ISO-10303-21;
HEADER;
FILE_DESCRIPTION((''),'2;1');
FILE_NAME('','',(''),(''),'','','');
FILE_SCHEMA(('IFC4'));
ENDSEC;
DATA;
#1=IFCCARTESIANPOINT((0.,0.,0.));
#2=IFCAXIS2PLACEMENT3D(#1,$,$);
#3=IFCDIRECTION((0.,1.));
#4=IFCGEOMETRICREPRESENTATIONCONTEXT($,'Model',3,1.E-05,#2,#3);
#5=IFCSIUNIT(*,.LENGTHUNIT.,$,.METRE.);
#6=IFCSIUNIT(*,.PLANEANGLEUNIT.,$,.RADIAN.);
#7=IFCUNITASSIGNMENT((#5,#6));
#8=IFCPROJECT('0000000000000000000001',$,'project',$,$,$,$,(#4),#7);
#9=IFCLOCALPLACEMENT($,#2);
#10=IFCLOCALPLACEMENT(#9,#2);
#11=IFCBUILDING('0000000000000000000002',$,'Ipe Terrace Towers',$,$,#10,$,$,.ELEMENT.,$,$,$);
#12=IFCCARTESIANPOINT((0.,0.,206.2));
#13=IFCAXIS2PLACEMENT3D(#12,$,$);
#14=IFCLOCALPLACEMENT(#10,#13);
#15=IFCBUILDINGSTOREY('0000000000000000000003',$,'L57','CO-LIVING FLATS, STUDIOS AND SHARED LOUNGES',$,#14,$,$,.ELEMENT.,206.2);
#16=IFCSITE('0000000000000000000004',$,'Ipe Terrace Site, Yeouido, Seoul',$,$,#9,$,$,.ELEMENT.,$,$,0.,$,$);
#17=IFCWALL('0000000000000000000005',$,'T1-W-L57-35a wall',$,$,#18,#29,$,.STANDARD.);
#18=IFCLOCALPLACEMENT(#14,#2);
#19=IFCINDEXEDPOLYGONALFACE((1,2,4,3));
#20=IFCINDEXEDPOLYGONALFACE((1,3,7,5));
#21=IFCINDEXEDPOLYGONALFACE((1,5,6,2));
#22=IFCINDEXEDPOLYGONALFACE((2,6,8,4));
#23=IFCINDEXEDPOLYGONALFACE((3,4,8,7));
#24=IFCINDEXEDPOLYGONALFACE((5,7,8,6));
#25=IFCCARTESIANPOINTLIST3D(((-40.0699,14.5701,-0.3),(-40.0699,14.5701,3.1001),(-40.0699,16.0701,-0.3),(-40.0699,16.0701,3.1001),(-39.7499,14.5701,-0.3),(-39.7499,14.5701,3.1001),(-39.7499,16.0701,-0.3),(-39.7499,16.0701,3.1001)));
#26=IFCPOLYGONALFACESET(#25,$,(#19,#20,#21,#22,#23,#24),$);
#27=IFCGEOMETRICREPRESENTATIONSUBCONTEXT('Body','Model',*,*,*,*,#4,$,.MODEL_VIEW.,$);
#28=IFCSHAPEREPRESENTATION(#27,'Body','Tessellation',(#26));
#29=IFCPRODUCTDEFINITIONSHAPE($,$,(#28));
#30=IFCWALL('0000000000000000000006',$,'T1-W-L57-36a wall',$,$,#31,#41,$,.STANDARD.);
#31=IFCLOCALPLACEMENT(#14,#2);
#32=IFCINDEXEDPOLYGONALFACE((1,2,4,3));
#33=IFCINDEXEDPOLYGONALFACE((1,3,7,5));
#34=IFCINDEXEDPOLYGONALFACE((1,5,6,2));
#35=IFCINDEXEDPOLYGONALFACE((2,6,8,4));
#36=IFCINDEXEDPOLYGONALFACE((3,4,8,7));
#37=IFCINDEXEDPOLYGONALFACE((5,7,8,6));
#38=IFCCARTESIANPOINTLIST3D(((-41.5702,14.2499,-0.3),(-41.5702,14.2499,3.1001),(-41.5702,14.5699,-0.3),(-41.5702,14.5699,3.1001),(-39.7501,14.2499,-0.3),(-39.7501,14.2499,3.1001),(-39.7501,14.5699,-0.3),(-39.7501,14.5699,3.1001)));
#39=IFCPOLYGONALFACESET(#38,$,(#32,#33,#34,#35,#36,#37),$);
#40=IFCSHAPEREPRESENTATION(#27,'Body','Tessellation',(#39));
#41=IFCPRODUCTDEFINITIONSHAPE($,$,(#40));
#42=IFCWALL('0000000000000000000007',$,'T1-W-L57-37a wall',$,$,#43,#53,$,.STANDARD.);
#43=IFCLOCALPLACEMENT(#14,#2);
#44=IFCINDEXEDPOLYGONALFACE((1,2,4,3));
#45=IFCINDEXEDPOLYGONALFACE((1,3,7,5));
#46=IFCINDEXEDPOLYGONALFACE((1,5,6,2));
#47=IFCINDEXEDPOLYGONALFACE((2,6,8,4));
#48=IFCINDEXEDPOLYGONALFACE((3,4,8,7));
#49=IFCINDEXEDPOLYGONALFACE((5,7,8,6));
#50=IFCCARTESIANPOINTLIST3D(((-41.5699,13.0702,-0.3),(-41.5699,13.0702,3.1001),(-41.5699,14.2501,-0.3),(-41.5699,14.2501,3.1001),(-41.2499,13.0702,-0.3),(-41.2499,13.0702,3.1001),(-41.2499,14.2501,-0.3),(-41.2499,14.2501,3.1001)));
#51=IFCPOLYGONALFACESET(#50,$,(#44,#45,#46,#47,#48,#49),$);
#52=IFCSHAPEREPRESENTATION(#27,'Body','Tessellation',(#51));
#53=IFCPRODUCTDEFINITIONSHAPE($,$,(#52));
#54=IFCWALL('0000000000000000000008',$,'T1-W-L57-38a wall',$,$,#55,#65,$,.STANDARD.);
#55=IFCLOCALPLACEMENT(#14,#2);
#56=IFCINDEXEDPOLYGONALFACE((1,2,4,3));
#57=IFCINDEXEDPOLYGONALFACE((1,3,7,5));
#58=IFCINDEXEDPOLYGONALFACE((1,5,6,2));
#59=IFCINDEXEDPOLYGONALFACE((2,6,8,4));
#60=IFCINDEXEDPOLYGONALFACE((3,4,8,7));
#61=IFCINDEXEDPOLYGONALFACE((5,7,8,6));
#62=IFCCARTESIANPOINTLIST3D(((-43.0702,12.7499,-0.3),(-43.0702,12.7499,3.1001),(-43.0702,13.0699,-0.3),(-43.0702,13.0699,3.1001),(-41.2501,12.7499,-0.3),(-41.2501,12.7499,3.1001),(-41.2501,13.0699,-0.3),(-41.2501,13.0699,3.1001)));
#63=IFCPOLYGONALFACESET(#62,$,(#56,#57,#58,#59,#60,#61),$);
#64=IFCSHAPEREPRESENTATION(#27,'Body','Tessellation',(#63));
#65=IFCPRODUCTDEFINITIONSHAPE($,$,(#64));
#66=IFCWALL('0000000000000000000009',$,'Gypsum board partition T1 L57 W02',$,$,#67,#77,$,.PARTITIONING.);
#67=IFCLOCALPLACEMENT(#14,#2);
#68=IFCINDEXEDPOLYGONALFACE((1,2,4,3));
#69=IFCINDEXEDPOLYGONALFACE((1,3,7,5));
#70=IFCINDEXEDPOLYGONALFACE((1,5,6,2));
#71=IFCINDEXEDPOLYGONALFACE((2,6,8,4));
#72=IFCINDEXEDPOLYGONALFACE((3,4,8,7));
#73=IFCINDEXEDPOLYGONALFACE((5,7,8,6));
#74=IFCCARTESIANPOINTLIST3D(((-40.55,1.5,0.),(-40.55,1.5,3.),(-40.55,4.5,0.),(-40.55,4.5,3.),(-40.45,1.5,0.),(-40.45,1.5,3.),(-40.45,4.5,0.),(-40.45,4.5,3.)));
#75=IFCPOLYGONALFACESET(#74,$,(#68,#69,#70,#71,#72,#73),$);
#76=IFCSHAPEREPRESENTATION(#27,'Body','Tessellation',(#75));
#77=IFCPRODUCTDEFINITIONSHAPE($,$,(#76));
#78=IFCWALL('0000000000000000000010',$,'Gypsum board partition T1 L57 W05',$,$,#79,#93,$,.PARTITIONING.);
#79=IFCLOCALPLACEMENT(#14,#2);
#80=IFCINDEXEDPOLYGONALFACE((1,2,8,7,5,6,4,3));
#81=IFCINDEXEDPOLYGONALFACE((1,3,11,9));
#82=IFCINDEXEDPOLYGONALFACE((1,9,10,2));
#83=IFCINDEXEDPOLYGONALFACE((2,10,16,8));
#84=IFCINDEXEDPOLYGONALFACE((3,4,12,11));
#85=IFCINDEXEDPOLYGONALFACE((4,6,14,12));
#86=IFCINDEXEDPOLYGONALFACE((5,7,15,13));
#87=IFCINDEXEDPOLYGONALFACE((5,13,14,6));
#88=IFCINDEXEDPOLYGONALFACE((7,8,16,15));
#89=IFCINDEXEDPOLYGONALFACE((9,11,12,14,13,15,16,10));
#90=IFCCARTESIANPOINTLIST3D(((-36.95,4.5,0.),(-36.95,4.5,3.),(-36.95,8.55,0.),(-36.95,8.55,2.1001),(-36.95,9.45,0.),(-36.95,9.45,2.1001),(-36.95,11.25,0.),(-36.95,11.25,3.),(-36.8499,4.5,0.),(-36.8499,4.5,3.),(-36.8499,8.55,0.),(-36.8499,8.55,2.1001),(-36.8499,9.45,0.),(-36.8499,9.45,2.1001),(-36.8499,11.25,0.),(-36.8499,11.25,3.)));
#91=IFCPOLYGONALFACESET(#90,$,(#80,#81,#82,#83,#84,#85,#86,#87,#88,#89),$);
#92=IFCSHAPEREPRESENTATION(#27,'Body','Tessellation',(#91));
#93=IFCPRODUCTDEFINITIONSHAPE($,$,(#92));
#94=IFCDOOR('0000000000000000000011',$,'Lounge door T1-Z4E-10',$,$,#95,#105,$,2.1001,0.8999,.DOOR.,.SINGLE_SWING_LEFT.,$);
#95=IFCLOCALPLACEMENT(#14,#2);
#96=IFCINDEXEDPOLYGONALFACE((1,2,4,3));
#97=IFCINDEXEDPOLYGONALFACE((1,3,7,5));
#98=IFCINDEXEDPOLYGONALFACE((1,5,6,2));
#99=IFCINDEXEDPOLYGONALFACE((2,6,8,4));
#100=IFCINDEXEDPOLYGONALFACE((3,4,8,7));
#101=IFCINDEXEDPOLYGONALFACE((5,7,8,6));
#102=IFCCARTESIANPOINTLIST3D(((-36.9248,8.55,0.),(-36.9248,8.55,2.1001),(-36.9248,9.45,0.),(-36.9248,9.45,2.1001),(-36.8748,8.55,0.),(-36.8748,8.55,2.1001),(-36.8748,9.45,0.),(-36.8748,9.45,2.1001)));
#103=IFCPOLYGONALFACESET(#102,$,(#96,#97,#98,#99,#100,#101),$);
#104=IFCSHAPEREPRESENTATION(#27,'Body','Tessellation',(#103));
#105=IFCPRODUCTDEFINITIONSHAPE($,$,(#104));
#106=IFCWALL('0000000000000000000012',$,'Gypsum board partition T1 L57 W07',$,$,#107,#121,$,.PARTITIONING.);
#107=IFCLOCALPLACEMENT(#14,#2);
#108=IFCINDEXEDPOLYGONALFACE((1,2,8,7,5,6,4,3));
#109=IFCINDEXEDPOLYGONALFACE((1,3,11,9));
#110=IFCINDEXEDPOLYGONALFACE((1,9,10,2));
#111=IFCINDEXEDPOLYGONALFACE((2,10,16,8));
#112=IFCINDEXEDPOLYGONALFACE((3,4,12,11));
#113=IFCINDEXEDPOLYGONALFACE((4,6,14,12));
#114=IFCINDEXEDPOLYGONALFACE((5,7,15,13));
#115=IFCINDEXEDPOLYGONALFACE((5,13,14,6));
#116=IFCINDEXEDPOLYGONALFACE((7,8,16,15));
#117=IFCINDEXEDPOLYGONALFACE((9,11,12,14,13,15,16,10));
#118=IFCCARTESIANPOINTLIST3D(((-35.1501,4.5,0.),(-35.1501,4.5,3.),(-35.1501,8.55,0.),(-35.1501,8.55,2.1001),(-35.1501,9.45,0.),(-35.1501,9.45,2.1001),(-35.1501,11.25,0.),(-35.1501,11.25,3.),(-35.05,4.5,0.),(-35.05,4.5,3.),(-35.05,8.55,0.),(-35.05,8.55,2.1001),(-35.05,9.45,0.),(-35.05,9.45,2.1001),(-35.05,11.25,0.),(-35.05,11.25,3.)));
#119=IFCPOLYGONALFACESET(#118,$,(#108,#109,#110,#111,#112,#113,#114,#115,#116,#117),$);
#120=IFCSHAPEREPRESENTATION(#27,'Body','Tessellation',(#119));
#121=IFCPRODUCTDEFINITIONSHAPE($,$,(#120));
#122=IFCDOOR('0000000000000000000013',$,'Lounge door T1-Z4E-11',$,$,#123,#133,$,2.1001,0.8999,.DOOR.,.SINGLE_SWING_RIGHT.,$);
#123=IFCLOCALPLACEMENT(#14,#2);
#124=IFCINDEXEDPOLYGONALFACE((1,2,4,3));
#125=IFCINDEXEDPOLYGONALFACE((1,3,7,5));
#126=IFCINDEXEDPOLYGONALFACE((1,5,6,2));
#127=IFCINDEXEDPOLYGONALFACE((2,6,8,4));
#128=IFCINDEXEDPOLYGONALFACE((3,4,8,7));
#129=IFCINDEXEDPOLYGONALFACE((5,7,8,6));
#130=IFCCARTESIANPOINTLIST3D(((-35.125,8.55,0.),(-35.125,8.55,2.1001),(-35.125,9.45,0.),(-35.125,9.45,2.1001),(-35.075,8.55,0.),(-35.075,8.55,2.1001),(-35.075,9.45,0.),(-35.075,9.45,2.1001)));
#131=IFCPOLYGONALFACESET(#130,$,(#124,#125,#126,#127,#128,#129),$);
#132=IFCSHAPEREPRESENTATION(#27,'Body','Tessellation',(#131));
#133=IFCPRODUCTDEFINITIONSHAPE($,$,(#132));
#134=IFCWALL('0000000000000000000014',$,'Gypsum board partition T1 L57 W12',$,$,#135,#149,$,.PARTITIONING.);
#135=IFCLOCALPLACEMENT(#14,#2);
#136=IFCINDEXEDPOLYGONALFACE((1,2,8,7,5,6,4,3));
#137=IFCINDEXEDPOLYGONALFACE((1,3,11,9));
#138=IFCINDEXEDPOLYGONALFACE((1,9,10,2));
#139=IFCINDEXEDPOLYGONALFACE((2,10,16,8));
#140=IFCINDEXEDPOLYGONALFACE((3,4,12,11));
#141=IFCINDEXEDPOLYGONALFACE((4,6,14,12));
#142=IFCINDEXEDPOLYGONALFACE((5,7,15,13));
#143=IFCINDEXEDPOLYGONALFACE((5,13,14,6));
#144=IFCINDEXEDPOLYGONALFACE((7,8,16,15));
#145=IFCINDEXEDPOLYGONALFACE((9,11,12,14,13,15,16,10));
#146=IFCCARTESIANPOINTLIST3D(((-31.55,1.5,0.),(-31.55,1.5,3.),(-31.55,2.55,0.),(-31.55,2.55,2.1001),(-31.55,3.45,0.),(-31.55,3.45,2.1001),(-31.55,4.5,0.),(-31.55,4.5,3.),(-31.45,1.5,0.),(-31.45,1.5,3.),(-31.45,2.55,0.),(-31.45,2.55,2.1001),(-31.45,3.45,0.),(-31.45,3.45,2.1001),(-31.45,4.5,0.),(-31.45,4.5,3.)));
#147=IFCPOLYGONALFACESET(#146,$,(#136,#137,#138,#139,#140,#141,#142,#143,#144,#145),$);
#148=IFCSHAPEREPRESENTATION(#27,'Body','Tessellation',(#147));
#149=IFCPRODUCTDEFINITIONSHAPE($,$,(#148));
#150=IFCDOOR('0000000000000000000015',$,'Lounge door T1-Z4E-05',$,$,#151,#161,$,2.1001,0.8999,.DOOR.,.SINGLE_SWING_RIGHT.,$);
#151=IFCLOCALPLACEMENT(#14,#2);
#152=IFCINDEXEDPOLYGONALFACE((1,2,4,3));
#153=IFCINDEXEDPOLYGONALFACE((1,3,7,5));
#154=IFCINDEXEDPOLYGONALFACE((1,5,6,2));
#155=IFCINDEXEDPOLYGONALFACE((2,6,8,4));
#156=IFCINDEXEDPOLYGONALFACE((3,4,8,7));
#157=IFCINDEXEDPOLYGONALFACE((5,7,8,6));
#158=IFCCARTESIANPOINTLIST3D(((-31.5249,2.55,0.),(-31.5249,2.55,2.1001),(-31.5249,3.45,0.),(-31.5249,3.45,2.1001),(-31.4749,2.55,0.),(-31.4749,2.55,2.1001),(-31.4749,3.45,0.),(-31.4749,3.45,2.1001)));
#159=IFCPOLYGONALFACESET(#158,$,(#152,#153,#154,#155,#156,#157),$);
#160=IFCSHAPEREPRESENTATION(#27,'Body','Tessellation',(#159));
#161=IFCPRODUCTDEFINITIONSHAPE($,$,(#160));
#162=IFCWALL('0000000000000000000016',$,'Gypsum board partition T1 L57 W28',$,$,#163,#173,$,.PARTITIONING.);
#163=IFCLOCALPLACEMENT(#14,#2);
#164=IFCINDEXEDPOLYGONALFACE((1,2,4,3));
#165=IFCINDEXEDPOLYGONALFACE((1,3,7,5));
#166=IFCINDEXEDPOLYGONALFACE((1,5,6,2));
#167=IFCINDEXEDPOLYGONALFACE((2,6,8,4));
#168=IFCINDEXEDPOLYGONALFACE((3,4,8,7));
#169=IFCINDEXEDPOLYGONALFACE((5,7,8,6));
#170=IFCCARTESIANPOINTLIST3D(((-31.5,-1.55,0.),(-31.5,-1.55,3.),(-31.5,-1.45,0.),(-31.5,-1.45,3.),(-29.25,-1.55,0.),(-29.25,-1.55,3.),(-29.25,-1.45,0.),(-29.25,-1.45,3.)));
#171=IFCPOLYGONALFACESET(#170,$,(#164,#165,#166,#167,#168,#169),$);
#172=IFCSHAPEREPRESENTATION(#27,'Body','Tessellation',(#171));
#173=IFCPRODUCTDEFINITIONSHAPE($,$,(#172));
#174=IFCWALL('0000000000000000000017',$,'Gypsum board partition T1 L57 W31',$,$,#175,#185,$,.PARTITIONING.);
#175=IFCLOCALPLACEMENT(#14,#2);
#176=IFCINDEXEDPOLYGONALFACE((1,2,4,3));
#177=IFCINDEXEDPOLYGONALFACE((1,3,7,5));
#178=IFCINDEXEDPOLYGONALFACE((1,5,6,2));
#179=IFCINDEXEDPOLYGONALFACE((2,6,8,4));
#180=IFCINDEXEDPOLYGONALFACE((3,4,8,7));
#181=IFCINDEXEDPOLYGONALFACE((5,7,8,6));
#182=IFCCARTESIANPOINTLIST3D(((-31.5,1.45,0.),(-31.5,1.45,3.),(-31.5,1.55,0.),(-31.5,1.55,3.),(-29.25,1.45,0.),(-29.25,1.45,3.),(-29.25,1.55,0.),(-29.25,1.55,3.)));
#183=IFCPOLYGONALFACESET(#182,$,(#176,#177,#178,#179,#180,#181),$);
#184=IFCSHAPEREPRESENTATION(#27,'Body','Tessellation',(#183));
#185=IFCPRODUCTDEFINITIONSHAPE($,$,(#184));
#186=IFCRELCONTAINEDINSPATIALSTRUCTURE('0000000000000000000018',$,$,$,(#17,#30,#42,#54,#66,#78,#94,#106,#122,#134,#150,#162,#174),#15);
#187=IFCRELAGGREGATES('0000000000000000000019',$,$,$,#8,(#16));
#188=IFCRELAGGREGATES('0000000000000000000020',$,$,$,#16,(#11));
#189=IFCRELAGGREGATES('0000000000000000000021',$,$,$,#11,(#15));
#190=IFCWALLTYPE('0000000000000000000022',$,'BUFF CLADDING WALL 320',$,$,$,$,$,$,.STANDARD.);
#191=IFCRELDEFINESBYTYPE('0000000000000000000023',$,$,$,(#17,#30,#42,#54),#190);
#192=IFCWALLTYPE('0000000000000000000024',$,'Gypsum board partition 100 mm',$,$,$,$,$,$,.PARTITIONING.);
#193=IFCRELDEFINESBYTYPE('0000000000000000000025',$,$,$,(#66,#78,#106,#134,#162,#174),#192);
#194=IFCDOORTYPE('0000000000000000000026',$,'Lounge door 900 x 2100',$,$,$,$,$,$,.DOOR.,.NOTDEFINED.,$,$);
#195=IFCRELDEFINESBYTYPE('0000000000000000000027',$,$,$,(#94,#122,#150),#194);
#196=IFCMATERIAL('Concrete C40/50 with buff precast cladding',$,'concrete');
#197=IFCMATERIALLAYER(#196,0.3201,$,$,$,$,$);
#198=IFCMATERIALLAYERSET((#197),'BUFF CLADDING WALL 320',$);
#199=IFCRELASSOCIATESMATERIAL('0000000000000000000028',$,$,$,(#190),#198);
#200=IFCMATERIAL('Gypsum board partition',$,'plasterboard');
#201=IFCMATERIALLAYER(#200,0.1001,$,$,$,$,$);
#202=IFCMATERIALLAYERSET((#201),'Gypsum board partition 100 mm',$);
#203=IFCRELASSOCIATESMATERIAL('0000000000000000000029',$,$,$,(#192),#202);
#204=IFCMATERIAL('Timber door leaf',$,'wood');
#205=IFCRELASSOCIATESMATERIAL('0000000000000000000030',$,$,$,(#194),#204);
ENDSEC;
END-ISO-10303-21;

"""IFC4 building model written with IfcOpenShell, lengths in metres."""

from ifc_helpers import new_model, si_unit, direction, frame, frame_2d, origin, place, context, subcontext, project, spatial, rectangle, extrude, material, layer, layer_set, type_object, element, fill, save


model = new_model("IFC4")

# Units and contexts
model_context = context("Model", 3, precision=1e-05, world=origin(), true_north=direction((0.0, 1.0)))
body_context = subcontext(model_context, "Body", "Model", "MODEL_VIEW")
ifc_project = project(units=[si_unit("LENGTHUNIT", "METRE"), si_unit("PLANEANGLEUNIT", "RADIAN")], contexts=[model_context])

# Site, building, storey
site_placement = place(None, origin())
site = spatial("IfcSite", under=ifc_project, at=site_placement, Name="Ipe Terrace Site, Yeouido, Seoul", CompositionType="ELEMENT", RefElevation=0.0)
building_placement = place(site_placement, origin())
building = spatial("IfcBuilding", under=site, at=building_placement, Name="Ipe Terrace Towers", CompositionType="ELEMENT")
storey_placement = place(building_placement, frame((0.0, 0.0, 206.2)))
storey = spatial("IfcBuildingStorey", under=building, at=storey_placement, Name="L57", Description="CO-LIVING FLATS, STUDIOS AND SHARED LOUNGES", CompositionType="ELEMENT", Elevation=206.2)

# Walls
ifc_material_1 = material(Name="Concrete C40/50 with buff precast cladding", Category="concrete")
ifc_layer_1 = layer(ifc_material_1, 0.3201)
ifc_layer_set_1 = layer_set([ifc_layer_1], Name="BUFF CLADDING WALL 320")
wall_type_1 = type_object("IfcWallType", Name="BUFF CLADDING WALL 320", PredefinedType="STANDARD", material=ifc_layer_set_1)
wall_1_placement = place(storey_placement, frame((-39.9099, 16.0701, -0.3), z_axis=(0.0, 0.0, 1.0), x_axis=(0.0, -1.0, 0.0)))
element("IfcWall", 1, at=wall_1_placement, inside=storey, type_object=wall_type_1, Name="T1-W-L57-35a wall", PredefinedType="STANDARD", context=body_context, shape_type="SweptSolid", body=[
    extrude(rectangle(XDim=1.5, YDim=0.3201, at=frame_2d((0.75, 0.0))), origin(), (0.0, 0.0, 1.0), 3.4001),
])
wall_2_placement = place(storey_placement, frame((-39.75, 14.4099, -0.3), z_axis=(0.0, 0.0, 1.0), x_axis=(-1.0, 0.0, 0.0)))
element("IfcWall", 2, at=wall_2_placement, inside=storey, type_object=wall_type_1, Name="T1-W-L57-36a wall", PredefinedType="STANDARD", context=body_context, shape_type="SweptSolid", body=[
    extrude(rectangle(XDim=1.8201, YDim=0.3201, at=frame_2d((0.9102, 0.0))), origin(), (0.0, 0.0, 1.0), 3.4001),
])
wall_3_placement = place(storey_placement, frame((-41.4099, 14.25, -0.3), z_axis=(0.0, 0.0, 1.0), x_axis=(0.0, -1.0, 0.0)))
element("IfcWall", 3, at=wall_3_placement, inside=storey, type_object=wall_type_1, Name="T1-W-L57-37a wall", PredefinedType="STANDARD", context=body_context, shape_type="SweptSolid", body=[
    extrude(rectangle(XDim=1.1799, YDim=0.3201, at=frame_2d((0.5898, 0.0))), origin(), (0.0, 0.0, 1.0), 3.4001),
])
wall_4_placement = place(storey_placement, frame((-41.25, 12.9099, -0.3), z_axis=(0.0, 0.0, 1.0), x_axis=(-1.0, 0.0, 0.0)))
element("IfcWall", 4, at=wall_4_placement, inside=storey, type_object=wall_type_1, Name="T1-W-L57-38a wall", PredefinedType="STANDARD", context=body_context, shape_type="SweptSolid", body=[
    extrude(rectangle(XDim=1.8201, YDim=0.3201, at=frame_2d((0.9102, 0.0))), origin(), (0.0, 0.0, 1.0), 3.4001),
])
ifc_material_2 = material(Name="Gypsum board partition", Category="plasterboard")
ifc_layer_2 = layer(ifc_material_2, 0.1001)
ifc_layer_set_2 = layer_set([ifc_layer_2], Name="Gypsum board partition 100 mm")
wall_type_2 = type_object("IfcWallType", Name="Gypsum board partition 100 mm", PredefinedType="PARTITIONING", material=ifc_layer_set_2)
wall_5_placement = place(storey_placement, frame((-40.5, 1.5, 0.0), z_axis=(0.0, 0.0, 1.0), x_axis=(0.0, 1.0, 0.0)))
element("IfcWall", 5, at=wall_5_placement, inside=storey, type_object=wall_type_2, Name="Gypsum board partition T1 L57 W02", PredefinedType="PARTITIONING", context=body_context, shape_type="SweptSolid", body=[
    extrude(rectangle(XDim=3.0, YDim=0.1001, at=frame_2d((1.5, 0.0))), origin(), (0.0, 0.0, 1.0), 3.0),
])

# Walls, openings, doors
wall_6_placement = place(storey_placement, frame((-36.8999, 4.5, 0.0), z_axis=(0.0, 0.0, 1.0), x_axis=(0.0, 1.0, 0.0)))
wall_6 = element("IfcWall", 6, at=wall_6_placement, inside=storey, type_object=wall_type_2, Name="Gypsum board partition T1 L57 W05", PredefinedType="PARTITIONING", context=body_context, shape_type="SweptSolid", body=[
    extrude(rectangle(XDim=6.75, YDim=0.1001, at=frame_2d((3.375, 0.0))), origin(), (0.0, 0.0, 1.0), 3.0),
])
opening_1_placement = place(wall_6_placement, frame((4.05, 0.0, 0.0)))
opening_1 = element("IfcOpeningElement", 7, at=opening_1_placement, cuts=wall_6, PredefinedType="OPENING", context=body_context, shape_type="SweptSolid", body=[
    extrude(rectangle(XDim=0.8999, YDim=2.1001, at=frame_2d((0.45, 1.05))), frame((0.0, 0.0601, 0.0), z_axis=(0.0, -1.0, 0.0), x_axis=(1.0, 0.0, 0.0)), (0.0, 0.0, 1.0), 0.1201),
])
ifc_material_3 = material(Name="Timber door leaf", Category="wood")
door_type = type_object("IfcDoorType", Name="Lounge door 900 x 2100", OperationType="NOTDEFINED", PredefinedType="DOOR", material=ifc_material_3)
door_1_placement = place(opening_1_placement, origin())
door_1 = element("IfcDoor", 8, at=door_1_placement, inside=storey, type_object=door_type, Name="Lounge door T1-Z4E-10", OperationType="SINGLE_SWING_LEFT", OverallHeight=2.1001, OverallWidth=0.8999, PredefinedType="DOOR", context=body_context, shape_type="SweptSolid", body=[
    extrude(rectangle(XDim=0.8999, YDim=2.1001, at=frame_2d((0.45, 1.05))), frame((0.0, 0.0249, 0.0), z_axis=(0.0, -1.0, 0.0), x_axis=(1.0, 0.0, 0.0)), (0.0, 0.0, 1.0), 0.05),
])
fill(opening_1, door_1)
wall_7_placement = place(storey_placement, frame((-35.1001, 4.5, 0.0), z_axis=(0.0, 0.0, 1.0), x_axis=(0.0, 1.0, 0.0)))
wall_7 = element("IfcWall", 9, at=wall_7_placement, inside=storey, type_object=wall_type_2, Name="Gypsum board partition T1 L57 W07", PredefinedType="PARTITIONING", context=body_context, shape_type="SweptSolid", body=[
    extrude(rectangle(XDim=6.75, YDim=0.1001, at=frame_2d((3.375, 0.0))), origin(), (0.0, 0.0, 1.0), 3.0),
])
opening_2_placement = place(wall_7_placement, frame((4.05, 0.0, 0.0)))
opening_2 = element("IfcOpeningElement", 10, at=opening_2_placement, cuts=wall_7, PredefinedType="OPENING", context=body_context, shape_type="SweptSolid", body=[
    extrude(rectangle(XDim=0.8999, YDim=2.1001, at=frame_2d((0.45, 1.05))), frame((0.0, 0.0601, 0.0), z_axis=(0.0, -1.0, 0.0), x_axis=(1.0, 0.0, 0.0)), (0.0, 0.0, 1.0), 0.1201),
])
door_2_placement = place(opening_2_placement, origin())
door_2 = element("IfcDoor", 11, at=door_2_placement, inside=storey, type_object=door_type, Name="Lounge door T1-Z4E-11", OperationType="SINGLE_SWING_RIGHT", OverallHeight=2.1001, OverallWidth=0.8999, PredefinedType="DOOR", context=body_context, shape_type="SweptSolid", body=[
    extrude(rectangle(XDim=0.8999, YDim=2.1001, at=frame_2d((0.45, 1.05))), frame((0.0, 0.0249, 0.0), z_axis=(0.0, -1.0, 0.0), x_axis=(1.0, 0.0, 0.0)), (0.0, 0.0, 1.0), 0.05),
])
fill(opening_2, door_2)
wall_8_placement = place(storey_placement, frame((-31.5, 1.5, 0.0), z_axis=(0.0, 0.0, 1.0), x_axis=(0.0, 1.0, 0.0)))
wall_8 = element("IfcWall", 12, at=wall_8_placement, inside=storey, type_object=wall_type_2, Name="Gypsum board partition T1 L57 W12", PredefinedType="PARTITIONING", context=body_context, shape_type="SweptSolid", body=[
    extrude(rectangle(XDim=3.0, YDim=0.1001, at=frame_2d((1.5, 0.0))), origin(), (0.0, 0.0, 1.0), 3.0),
])
opening_3_placement = place(wall_8_placement, frame((1.05, 0.0, 0.0)))
opening_3 = element("IfcOpeningElement", 13, at=opening_3_placement, cuts=wall_8, PredefinedType="OPENING", context=body_context, shape_type="SweptSolid", body=[
    extrude(rectangle(XDim=0.8999, YDim=2.1001, at=frame_2d((0.45, 1.05))), frame((0.0, 0.0601, 0.0), z_axis=(0.0, -1.0, 0.0), x_axis=(1.0, 0.0, 0.0)), (0.0, 0.0, 1.0), 0.1201),
])
door_3_placement = place(opening_3_placement, origin())
door_3 = element("IfcDoor", 14, at=door_3_placement, inside=storey, type_object=door_type, Name="Lounge door T1-Z4E-05", OperationType="SINGLE_SWING_RIGHT", OverallHeight=2.1001, OverallWidth=0.8999, PredefinedType="DOOR", context=body_context, shape_type="SweptSolid", body=[
    extrude(rectangle(XDim=0.8999, YDim=2.1001, at=frame_2d((0.45, 1.05))), frame((0.0, 0.0249, 0.0), z_axis=(0.0, -1.0, 0.0), x_axis=(1.0, 0.0, 0.0)), (0.0, 0.0, 1.0), 0.05),
])
fill(opening_3, door_3)

# Walls
for number, where, z_axis, x_axis, name in (
    (15, (-31.5, -1.5, 0.0), (0.0, 0.0, 1.0), (1.0, 0.0, 0.0), "Gypsum board partition T1 L57 W28"),
    (16, (-31.5, 1.5, 0.0), (0.0, 0.0, 1.0), (1.0, 0.0, 0.0), "Gypsum board partition T1 L57 W31"),
):
    element("IfcWall", number, at=place(storey_placement, frame(where, z_axis=z_axis, x_axis=x_axis)), inside=storey, type_object=wall_type_2, Name=name, PredefinedType="PARTITIONING", context=body_context, shape_type="SweptSolid", body=[
        extrude(rectangle(XDim=2.25, YDim=0.1001, at=frame_2d((1.125, 0.0))), origin(), (0.0, 0.0, 1.0), 3.0),
    ])

save(model, "model.ifc")
